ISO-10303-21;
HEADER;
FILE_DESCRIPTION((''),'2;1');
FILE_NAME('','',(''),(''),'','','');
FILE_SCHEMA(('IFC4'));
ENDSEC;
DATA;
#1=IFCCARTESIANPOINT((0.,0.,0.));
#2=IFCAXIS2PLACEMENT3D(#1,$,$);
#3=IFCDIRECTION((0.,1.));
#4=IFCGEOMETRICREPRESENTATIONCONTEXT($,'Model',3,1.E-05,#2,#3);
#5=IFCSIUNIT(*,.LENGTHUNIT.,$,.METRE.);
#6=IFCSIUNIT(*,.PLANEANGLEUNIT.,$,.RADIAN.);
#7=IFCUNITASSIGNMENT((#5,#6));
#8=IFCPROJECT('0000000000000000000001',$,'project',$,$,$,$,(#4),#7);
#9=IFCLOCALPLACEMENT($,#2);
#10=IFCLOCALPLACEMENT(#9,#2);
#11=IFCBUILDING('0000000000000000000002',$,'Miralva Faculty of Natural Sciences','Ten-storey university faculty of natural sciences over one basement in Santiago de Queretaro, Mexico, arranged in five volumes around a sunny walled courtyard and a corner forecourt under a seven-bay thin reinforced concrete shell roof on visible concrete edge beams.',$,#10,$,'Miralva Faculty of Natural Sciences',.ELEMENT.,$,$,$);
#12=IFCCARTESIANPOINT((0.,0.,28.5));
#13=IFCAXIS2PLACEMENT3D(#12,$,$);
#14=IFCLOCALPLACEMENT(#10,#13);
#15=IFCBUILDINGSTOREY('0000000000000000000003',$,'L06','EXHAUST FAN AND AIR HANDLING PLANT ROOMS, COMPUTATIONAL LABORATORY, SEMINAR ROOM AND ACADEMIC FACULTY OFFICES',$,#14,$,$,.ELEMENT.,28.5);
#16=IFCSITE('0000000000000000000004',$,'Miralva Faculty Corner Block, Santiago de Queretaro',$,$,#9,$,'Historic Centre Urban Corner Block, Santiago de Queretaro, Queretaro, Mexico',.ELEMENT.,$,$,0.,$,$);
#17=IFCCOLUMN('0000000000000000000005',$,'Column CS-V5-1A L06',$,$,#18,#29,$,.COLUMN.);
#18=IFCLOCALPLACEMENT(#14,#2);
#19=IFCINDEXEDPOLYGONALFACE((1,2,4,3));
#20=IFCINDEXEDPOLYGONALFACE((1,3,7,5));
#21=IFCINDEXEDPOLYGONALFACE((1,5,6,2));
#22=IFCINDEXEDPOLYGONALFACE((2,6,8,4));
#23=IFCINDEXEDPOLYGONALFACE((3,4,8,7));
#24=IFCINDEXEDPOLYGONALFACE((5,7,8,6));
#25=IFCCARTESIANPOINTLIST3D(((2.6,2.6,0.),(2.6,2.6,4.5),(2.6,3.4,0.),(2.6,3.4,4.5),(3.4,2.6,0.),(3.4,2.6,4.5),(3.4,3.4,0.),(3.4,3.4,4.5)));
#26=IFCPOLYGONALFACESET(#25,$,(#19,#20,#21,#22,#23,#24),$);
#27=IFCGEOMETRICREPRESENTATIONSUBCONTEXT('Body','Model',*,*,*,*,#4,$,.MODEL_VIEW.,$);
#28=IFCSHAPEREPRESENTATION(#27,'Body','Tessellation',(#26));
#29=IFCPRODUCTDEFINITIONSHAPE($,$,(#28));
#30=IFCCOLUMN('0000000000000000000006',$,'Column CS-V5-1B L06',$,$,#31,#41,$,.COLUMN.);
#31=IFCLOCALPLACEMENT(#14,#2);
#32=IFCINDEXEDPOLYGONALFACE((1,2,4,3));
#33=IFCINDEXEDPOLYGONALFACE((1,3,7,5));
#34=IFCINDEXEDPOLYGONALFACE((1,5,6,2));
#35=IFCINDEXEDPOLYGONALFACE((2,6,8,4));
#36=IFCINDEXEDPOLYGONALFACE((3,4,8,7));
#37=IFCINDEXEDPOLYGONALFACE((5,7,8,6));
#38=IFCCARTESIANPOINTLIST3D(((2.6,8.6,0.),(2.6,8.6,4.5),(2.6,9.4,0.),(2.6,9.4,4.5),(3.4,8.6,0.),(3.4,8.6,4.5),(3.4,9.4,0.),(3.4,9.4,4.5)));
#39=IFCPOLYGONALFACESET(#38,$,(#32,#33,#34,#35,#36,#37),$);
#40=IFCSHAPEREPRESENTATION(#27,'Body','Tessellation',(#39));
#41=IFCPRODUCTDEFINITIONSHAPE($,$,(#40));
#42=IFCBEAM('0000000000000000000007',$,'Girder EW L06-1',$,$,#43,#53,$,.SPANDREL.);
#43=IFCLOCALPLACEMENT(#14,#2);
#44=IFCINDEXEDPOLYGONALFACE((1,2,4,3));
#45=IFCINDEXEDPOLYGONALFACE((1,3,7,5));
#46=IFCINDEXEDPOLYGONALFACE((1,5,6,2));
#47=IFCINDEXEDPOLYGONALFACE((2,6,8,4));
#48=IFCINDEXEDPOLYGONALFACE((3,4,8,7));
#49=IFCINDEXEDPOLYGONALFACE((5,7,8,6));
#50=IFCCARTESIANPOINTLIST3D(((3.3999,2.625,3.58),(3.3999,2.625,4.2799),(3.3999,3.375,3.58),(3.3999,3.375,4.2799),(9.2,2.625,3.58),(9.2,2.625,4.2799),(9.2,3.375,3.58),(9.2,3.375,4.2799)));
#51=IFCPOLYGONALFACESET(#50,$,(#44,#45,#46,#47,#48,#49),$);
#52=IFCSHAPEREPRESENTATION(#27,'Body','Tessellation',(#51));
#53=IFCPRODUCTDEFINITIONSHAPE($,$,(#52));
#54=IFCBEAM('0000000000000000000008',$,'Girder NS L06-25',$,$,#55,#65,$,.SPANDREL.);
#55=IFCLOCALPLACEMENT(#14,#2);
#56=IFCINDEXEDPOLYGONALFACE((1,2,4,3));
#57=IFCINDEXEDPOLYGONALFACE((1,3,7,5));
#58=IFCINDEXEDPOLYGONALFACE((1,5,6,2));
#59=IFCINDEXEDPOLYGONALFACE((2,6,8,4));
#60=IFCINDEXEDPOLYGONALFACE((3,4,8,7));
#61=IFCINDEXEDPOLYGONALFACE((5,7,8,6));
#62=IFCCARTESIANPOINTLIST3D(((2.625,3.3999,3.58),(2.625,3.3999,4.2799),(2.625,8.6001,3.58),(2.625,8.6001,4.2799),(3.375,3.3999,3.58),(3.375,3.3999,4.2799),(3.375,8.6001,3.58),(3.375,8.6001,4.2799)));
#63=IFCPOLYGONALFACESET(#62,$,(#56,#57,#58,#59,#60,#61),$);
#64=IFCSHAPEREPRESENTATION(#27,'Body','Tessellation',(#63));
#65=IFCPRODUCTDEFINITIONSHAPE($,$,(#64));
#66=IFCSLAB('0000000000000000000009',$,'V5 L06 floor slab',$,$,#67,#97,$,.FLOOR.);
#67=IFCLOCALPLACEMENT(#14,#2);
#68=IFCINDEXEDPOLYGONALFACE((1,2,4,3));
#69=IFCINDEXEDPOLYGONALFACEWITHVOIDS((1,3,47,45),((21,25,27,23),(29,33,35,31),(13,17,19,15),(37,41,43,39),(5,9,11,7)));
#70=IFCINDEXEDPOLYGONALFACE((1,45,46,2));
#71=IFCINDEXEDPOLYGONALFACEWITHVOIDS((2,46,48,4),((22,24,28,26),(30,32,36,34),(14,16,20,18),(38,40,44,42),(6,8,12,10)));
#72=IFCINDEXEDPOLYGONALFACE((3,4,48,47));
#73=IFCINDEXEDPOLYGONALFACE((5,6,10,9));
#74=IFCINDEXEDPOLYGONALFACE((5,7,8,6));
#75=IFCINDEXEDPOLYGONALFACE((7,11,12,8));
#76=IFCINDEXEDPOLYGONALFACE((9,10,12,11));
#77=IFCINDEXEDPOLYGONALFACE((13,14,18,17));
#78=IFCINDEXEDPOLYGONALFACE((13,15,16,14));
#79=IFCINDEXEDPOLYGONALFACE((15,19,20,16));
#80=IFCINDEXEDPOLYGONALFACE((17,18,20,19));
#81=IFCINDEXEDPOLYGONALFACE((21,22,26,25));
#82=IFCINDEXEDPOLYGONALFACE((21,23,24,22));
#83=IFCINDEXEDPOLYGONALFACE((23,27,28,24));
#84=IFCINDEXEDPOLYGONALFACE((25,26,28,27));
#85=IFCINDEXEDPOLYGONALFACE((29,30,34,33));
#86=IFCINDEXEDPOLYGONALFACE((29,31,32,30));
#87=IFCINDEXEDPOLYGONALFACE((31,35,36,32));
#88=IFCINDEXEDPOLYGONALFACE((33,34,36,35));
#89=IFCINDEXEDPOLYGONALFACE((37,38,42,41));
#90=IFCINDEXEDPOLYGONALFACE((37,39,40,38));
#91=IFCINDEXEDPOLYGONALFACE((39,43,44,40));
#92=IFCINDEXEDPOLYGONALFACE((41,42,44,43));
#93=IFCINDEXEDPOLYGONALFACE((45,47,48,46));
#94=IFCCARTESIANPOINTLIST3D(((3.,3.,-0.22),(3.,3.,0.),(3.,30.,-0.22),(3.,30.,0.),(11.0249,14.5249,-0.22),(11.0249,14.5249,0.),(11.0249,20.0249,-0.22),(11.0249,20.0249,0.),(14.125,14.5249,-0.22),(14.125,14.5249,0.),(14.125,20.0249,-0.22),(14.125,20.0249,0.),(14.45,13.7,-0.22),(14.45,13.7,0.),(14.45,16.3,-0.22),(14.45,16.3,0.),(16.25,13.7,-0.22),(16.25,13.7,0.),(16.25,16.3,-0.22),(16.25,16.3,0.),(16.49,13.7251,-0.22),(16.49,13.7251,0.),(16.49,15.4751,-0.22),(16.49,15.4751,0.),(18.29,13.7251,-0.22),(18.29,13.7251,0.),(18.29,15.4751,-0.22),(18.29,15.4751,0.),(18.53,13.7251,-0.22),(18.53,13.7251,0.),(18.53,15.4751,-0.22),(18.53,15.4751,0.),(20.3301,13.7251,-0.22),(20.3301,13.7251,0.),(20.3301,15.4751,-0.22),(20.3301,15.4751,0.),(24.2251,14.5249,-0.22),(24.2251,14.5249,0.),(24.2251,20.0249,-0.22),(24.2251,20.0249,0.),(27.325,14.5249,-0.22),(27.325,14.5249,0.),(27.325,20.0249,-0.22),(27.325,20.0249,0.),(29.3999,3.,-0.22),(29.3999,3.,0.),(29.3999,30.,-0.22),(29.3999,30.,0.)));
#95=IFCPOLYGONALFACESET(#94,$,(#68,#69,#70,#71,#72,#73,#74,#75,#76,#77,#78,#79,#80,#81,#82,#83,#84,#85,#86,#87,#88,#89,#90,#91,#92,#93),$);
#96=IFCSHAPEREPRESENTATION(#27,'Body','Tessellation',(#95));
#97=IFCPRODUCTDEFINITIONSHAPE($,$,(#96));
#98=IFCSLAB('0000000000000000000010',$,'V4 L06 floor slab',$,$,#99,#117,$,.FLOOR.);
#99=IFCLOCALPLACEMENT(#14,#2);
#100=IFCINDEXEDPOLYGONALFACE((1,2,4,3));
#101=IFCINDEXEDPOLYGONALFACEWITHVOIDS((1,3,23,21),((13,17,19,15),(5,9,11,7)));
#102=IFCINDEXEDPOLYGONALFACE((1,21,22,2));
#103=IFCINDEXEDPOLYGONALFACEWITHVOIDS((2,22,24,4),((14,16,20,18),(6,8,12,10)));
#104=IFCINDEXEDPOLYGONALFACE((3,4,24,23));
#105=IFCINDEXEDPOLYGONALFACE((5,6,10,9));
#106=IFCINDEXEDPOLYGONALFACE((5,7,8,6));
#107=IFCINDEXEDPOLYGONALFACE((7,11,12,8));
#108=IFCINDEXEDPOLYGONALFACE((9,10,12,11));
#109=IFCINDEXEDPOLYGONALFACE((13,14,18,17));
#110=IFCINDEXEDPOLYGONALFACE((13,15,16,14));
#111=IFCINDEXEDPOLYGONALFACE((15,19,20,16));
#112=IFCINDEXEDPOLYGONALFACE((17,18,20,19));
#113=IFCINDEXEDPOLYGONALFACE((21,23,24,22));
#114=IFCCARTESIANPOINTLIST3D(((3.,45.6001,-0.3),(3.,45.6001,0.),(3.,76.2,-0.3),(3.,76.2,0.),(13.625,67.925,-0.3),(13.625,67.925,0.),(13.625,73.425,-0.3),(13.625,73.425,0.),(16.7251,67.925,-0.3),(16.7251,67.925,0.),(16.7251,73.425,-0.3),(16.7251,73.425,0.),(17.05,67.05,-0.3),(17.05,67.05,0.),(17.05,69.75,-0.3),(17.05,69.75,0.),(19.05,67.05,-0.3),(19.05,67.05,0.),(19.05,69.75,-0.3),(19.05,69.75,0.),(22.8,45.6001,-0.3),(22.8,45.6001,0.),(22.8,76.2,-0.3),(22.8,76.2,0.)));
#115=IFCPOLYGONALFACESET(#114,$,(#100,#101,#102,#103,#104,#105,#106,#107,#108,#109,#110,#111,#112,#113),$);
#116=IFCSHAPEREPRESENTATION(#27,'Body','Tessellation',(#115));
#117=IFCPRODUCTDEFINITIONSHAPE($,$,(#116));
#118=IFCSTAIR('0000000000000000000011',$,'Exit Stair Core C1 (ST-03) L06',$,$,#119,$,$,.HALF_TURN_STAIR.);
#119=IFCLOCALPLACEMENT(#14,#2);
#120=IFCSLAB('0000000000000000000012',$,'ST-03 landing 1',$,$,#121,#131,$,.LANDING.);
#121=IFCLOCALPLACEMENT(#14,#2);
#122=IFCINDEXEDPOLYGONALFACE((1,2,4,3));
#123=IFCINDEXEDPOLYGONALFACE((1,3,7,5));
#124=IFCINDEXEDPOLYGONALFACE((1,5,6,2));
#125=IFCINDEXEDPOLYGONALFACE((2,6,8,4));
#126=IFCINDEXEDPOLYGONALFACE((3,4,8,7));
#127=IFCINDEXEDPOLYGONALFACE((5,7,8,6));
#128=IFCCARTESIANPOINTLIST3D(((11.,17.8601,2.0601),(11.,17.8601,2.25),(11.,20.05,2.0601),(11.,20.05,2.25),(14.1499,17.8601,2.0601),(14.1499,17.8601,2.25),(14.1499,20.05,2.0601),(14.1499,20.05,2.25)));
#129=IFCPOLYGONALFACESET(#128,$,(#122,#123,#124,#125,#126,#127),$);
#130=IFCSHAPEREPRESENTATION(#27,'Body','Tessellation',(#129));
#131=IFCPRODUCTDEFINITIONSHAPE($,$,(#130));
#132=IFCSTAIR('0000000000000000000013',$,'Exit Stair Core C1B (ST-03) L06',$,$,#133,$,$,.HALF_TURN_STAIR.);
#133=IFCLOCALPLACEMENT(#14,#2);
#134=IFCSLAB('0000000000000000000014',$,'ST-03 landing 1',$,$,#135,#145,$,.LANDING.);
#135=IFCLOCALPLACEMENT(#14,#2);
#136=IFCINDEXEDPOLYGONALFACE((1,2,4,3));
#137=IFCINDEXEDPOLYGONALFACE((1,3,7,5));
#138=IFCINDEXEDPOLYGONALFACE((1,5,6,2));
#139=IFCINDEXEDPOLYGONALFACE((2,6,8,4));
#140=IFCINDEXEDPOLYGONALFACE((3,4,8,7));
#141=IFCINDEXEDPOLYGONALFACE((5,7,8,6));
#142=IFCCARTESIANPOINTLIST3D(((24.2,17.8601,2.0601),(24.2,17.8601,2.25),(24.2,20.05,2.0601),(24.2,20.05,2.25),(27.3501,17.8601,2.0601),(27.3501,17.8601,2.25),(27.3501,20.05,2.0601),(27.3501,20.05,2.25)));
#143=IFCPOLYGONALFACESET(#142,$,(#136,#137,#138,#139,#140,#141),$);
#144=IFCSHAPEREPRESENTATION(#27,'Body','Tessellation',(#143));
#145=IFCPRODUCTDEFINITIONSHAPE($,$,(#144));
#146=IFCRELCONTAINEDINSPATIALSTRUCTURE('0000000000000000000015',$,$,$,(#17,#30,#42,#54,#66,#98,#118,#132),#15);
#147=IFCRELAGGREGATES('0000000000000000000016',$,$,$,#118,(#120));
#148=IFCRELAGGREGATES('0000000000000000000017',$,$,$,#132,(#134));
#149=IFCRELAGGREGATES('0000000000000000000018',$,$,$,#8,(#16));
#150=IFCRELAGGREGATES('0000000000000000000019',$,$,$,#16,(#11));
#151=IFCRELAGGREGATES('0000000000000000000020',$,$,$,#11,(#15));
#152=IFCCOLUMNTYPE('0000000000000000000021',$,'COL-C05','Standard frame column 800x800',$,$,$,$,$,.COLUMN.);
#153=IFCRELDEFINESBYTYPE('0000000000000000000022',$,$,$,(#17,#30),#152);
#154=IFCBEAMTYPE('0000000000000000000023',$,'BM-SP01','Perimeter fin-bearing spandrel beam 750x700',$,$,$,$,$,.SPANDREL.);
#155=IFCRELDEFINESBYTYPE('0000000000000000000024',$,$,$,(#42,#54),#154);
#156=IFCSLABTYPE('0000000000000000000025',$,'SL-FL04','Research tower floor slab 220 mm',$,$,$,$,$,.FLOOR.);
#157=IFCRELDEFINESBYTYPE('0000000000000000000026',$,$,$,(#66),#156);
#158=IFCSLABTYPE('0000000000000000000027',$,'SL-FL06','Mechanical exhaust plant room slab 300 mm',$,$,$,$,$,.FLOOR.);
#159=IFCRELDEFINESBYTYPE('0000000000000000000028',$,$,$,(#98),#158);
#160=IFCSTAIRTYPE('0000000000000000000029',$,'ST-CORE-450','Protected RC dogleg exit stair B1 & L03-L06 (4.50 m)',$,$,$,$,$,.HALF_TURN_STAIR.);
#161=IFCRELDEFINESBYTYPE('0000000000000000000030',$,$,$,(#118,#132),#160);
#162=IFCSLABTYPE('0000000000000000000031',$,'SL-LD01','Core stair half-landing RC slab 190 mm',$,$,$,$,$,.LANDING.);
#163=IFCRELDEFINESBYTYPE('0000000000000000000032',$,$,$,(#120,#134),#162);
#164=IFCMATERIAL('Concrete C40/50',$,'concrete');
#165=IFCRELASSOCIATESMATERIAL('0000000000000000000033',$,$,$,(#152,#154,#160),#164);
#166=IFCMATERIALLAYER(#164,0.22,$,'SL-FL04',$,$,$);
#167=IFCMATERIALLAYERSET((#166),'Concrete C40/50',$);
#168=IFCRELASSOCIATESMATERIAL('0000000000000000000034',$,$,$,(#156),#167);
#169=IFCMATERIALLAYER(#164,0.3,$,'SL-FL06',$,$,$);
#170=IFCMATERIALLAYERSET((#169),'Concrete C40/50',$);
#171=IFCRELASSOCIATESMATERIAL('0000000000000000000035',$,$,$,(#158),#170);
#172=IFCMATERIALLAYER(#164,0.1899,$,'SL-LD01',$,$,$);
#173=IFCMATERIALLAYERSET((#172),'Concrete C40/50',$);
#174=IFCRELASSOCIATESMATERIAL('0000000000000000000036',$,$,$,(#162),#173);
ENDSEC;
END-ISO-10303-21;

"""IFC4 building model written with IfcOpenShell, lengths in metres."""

from ifc_helpers import new_model, si_unit, direction, frame, origin, origin_2d, place, context, subcontext, project, spatial, polyline, rectangle, outline, extrude, material, layer, layer_set, material_profile, profile_set, type_object, element, aggregate, save


model = new_model("IFC4")

# Units and contexts
model_context = context("Model", 3, precision=1e-05, world=origin(), true_north=direction((0.0, 1.0)))
body_context = subcontext(model_context, "Body", "Model", "MODEL_VIEW")
ifc_project = project(units=[si_unit("LENGTHUNIT", "METRE"), si_unit("PLANEANGLEUNIT", "RADIAN")], contexts=[model_context])

# Site, building, storey
site_placement = place(None, origin())
site = spatial("IfcSite", under=ifc_project, at=site_placement, Name="Miralva Faculty Corner Block, Santiago de Queretaro", LongName="Historic Centre Urban Corner Block, Santiago de Queretaro, Queretaro, Mexico", CompositionType="ELEMENT", RefElevation=0.0)
building_placement = place(site_placement, origin())
building = spatial("IfcBuilding", under=site, at=building_placement, Name="Miralva Faculty of Natural Sciences", Description="Ten-storey university faculty of natural sciences over one basement in Santiago de Queretaro, Mexico, arranged in five volumes around a sunny walled courtyard and a corner forecourt under a seven-bay thin reinforced concrete shell roof on visible concrete edge beams.", LongName="Miralva Faculty of Natural Sciences", CompositionType="ELEMENT")
storey_placement = place(building_placement, frame((0.0, 0.0, 28.5)))
storey = spatial("IfcBuildingStorey", under=building, at=storey_placement, Name="L06", Description="EXHAUST FAN AND AIR HANDLING PLANT ROOMS, COMPUTATIONAL LABORATORY, SEMINAR ROOM AND ACADEMIC FACULTY OFFICES", CompositionType="ELEMENT", Elevation=28.5)

# Columns
ifc_material_1 = material(Name="Concrete C40/50", Category="concrete")
ifc_material_profile_1 = material_profile(ifc_material_1, rectangle(XDim=0.8, YDim=0.8, at=origin_2d()), Name="RC 800x800")
ifc_profile_set_1 = profile_set([ifc_material_profile_1], Name="Concrete C40/50")
column_type = type_object("IfcColumnType", Name="COL-C05", Description="Standard frame column 800x800", PredefinedType="COLUMN", material=ifc_profile_set_1)
for number, where, z_axis, x_axis, name in (
    (1, (3.0, 3.0, 0.0), (0.0, 0.0, 1.0), (1.0, 0.0, 0.0), "Column CS-V5-1A L06"),
    (2, (3.0, 9.0, 0.0), (0.0, 0.0, 1.0), (1.0, 0.0, 0.0), "Column CS-V5-1B L06"),
):
    element("IfcColumn", number, at=place(storey_placement, frame(where, z_axis=z_axis, x_axis=x_axis)), inside=storey, type_object=column_type, Name=name, PredefinedType="COLUMN", context=body_context, shape_type="SweptSolid", body=[
        extrude(rectangle(XDim=0.8, YDim=0.8, at=origin_2d()), origin(), (0.0, 0.0, 1.0), 4.5),
    ])

# Beams
ifc_material_profile_2 = material_profile(ifc_material_1, rectangle(XDim=0.75, YDim=0.7, at=origin_2d()), Name="RC 750x700")
ifc_profile_set_2 = profile_set([ifc_material_profile_2], Name="Concrete C40/50")
beam_type = type_object("IfcBeamType", Name="BM-SP01", Description="Perimeter fin-bearing spandrel beam 750x700", PredefinedType="SPANDREL", material=ifc_profile_set_2)
beam_1_placement = place(storey_placement, frame((3.3999, 3.0, 3.9299), z_axis=(1.0, 0.0, 0.0), x_axis=(0.0, 1.0, 0.0)))
element("IfcBeam", 3, at=beam_1_placement, inside=storey, type_object=beam_type, Name="Girder EW L06-1", PredefinedType="SPANDREL", context=body_context, shape_type="SweptSolid", body=[
    extrude(rectangle(XDim=0.75, YDim=0.7, at=origin_2d()), origin(), (0.0, 0.0, 1.0), 5.8),
])
beam_2_placement = place(storey_placement, frame((3.0, 3.3999, 3.9299), z_axis=(0.0, 1.0, 0.0), x_axis=(-1.0, 0.0, 0.0)))
element("IfcBeam", 4, at=beam_2_placement, inside=storey, type_object=beam_type, Name="Girder NS L06-25", PredefinedType="SPANDREL", context=body_context, shape_type="SweptSolid", body=[
    extrude(rectangle(XDim=0.75, YDim=0.7, at=origin_2d()), origin(), (0.0, 0.0, 1.0), 5.2002),
])

# Slabs
ifc_layer_1 = layer(ifc_material_1, 0.22, Name="SL-FL04")
ifc_layer_set_1 = layer_set([ifc_layer_1], Name="Concrete C40/50")
slab_type_1 = type_object("IfcSlabType", Name="SL-FL04", Description="Research tower floor slab 220 mm", PredefinedType="FLOOR", material=ifc_layer_set_1)
slab_1_placement = place(storey_placement, frame((0.0, 0.0, -0.22)))
element("IfcSlab", 5, at=slab_1_placement, inside=storey, type_object=slab_type_1, Name="V5 L06 floor slab", PredefinedType="FLOOR", context=body_context, shape_type="SweptSolid", body=[
    extrude(outline(polyline([(29.3999, 3.0), (3.0, 3.0), (3.0, 30.0), (29.3999, 30.0), (29.3999, 3.0)]), holes=[polyline([(14.125, 14.5249), (11.0249, 14.5249), (11.0249, 20.0249), (14.125, 20.0249), (14.125, 14.5249)]), polyline([(16.25, 13.7), (14.45, 13.7), (14.45, 16.3), (16.25, 16.3), (16.25, 13.7)]), polyline([(18.29, 13.7251), (16.49, 13.7251), (16.49, 15.4751), (18.29, 15.4751), (18.29, 13.7251)]), polyline([(27.325, 14.5249), (24.2251, 14.5249), (24.2251, 20.0249), (27.325, 20.0249), (27.325, 14.5249)]), polyline([(20.3301, 13.7251), (18.53, 13.7251), (18.53, 15.4751), (20.3301, 15.4751), (20.3301, 13.7251)])]), origin(), (0.0, 0.0, 1.0), 0.22),
])
ifc_layer_2 = layer(ifc_material_1, 0.3, Name="SL-FL06")
ifc_layer_set_2 = layer_set([ifc_layer_2], Name="Concrete C40/50")
slab_type_2 = type_object("IfcSlabType", Name="SL-FL06", Description="Mechanical exhaust plant room slab 300 mm", PredefinedType="FLOOR", material=ifc_layer_set_2)
slab_2_placement = place(storey_placement, frame((0.0, 0.0, -0.3)))
element("IfcSlab", 6, at=slab_2_placement, inside=storey, type_object=slab_type_2, Name="V4 L06 floor slab", PredefinedType="FLOOR", context=body_context, shape_type="SweptSolid", body=[
    extrude(outline(polyline([(22.8, 45.6001), (3.0, 45.6001), (3.0, 76.2), (22.8, 76.2), (22.8, 45.6001)]), holes=[polyline([(16.7251, 67.925), (13.625, 67.925), (13.625, 73.425), (16.7251, 73.425), (16.7251, 67.925)]), polyline([(19.05, 67.05), (17.05, 67.05), (17.05, 69.75), (19.05, 69.75), (19.05, 67.05)])]), origin(), (0.0, 0.0, 1.0), 0.3),
])

# Stairs, slabs
stair_type = type_object("IfcStairType", Name="ST-CORE-450", Description="Protected RC dogleg exit stair B1 & L03-L06 (4.50 m)", PredefinedType="HALF_TURN_STAIR", material=ifc_material_1)
stair_1_placement = place(storey_placement, origin())
stair_1 = element("IfcStair", 7, at=stair_1_placement, inside=storey, type_object=stair_type, Name="Exit Stair Core C1 (ST-03) L06", PredefinedType="HALF_TURN_STAIR")
ifc_layer_3 = layer(ifc_material_1, 0.1899, Name="SL-LD01")
ifc_layer_set_3 = layer_set([ifc_layer_3], Name="Concrete C40/50")
slab_type_3 = type_object("IfcSlabType", Name="SL-LD01", Description="Core stair half-landing RC slab 190 mm", PredefinedType="LANDING", material=ifc_layer_set_3)
slab_3_placement = place(storey_placement, frame((0.0, 0.0, 2.0601)))
slab_3 = element("IfcSlab", 8, at=slab_3_placement, type_object=slab_type_3, Name="ST-03 landing 1", PredefinedType="LANDING", context=body_context, shape_type="SweptSolid", body=[
    extrude(outline(polyline([(14.1499, 17.8601), (14.1499, 20.05), (11.0, 20.05), (11.0, 17.8601), (14.1499, 17.8601)])), origin(), (0.0, 0.0, 1.0), 0.1899),
])
aggregate(stair_1, [slab_3])
stair_2_placement = place(storey_placement, origin())
stair_2 = element("IfcStair", 9, at=stair_2_placement, inside=storey, type_object=stair_type, Name="Exit Stair Core C1B (ST-03) L06", PredefinedType="HALF_TURN_STAIR")
slab_4_placement = place(storey_placement, frame((0.0, 0.0, 2.0601)))
slab_4 = element("IfcSlab", 10, at=slab_4_placement, type_object=slab_type_3, Name="ST-03 landing 1", PredefinedType="LANDING", context=body_context, shape_type="SweptSolid", body=[
    extrude(outline(polyline([(27.3501, 17.8601), (27.3501, 20.05), (24.2, 20.05), (24.2, 17.8601), (27.3501, 17.8601)])), origin(), (0.0, 0.0, 1.0), 0.1899),
])
aggregate(stair_2, [slab_4])

save(model, "model.ifc")
